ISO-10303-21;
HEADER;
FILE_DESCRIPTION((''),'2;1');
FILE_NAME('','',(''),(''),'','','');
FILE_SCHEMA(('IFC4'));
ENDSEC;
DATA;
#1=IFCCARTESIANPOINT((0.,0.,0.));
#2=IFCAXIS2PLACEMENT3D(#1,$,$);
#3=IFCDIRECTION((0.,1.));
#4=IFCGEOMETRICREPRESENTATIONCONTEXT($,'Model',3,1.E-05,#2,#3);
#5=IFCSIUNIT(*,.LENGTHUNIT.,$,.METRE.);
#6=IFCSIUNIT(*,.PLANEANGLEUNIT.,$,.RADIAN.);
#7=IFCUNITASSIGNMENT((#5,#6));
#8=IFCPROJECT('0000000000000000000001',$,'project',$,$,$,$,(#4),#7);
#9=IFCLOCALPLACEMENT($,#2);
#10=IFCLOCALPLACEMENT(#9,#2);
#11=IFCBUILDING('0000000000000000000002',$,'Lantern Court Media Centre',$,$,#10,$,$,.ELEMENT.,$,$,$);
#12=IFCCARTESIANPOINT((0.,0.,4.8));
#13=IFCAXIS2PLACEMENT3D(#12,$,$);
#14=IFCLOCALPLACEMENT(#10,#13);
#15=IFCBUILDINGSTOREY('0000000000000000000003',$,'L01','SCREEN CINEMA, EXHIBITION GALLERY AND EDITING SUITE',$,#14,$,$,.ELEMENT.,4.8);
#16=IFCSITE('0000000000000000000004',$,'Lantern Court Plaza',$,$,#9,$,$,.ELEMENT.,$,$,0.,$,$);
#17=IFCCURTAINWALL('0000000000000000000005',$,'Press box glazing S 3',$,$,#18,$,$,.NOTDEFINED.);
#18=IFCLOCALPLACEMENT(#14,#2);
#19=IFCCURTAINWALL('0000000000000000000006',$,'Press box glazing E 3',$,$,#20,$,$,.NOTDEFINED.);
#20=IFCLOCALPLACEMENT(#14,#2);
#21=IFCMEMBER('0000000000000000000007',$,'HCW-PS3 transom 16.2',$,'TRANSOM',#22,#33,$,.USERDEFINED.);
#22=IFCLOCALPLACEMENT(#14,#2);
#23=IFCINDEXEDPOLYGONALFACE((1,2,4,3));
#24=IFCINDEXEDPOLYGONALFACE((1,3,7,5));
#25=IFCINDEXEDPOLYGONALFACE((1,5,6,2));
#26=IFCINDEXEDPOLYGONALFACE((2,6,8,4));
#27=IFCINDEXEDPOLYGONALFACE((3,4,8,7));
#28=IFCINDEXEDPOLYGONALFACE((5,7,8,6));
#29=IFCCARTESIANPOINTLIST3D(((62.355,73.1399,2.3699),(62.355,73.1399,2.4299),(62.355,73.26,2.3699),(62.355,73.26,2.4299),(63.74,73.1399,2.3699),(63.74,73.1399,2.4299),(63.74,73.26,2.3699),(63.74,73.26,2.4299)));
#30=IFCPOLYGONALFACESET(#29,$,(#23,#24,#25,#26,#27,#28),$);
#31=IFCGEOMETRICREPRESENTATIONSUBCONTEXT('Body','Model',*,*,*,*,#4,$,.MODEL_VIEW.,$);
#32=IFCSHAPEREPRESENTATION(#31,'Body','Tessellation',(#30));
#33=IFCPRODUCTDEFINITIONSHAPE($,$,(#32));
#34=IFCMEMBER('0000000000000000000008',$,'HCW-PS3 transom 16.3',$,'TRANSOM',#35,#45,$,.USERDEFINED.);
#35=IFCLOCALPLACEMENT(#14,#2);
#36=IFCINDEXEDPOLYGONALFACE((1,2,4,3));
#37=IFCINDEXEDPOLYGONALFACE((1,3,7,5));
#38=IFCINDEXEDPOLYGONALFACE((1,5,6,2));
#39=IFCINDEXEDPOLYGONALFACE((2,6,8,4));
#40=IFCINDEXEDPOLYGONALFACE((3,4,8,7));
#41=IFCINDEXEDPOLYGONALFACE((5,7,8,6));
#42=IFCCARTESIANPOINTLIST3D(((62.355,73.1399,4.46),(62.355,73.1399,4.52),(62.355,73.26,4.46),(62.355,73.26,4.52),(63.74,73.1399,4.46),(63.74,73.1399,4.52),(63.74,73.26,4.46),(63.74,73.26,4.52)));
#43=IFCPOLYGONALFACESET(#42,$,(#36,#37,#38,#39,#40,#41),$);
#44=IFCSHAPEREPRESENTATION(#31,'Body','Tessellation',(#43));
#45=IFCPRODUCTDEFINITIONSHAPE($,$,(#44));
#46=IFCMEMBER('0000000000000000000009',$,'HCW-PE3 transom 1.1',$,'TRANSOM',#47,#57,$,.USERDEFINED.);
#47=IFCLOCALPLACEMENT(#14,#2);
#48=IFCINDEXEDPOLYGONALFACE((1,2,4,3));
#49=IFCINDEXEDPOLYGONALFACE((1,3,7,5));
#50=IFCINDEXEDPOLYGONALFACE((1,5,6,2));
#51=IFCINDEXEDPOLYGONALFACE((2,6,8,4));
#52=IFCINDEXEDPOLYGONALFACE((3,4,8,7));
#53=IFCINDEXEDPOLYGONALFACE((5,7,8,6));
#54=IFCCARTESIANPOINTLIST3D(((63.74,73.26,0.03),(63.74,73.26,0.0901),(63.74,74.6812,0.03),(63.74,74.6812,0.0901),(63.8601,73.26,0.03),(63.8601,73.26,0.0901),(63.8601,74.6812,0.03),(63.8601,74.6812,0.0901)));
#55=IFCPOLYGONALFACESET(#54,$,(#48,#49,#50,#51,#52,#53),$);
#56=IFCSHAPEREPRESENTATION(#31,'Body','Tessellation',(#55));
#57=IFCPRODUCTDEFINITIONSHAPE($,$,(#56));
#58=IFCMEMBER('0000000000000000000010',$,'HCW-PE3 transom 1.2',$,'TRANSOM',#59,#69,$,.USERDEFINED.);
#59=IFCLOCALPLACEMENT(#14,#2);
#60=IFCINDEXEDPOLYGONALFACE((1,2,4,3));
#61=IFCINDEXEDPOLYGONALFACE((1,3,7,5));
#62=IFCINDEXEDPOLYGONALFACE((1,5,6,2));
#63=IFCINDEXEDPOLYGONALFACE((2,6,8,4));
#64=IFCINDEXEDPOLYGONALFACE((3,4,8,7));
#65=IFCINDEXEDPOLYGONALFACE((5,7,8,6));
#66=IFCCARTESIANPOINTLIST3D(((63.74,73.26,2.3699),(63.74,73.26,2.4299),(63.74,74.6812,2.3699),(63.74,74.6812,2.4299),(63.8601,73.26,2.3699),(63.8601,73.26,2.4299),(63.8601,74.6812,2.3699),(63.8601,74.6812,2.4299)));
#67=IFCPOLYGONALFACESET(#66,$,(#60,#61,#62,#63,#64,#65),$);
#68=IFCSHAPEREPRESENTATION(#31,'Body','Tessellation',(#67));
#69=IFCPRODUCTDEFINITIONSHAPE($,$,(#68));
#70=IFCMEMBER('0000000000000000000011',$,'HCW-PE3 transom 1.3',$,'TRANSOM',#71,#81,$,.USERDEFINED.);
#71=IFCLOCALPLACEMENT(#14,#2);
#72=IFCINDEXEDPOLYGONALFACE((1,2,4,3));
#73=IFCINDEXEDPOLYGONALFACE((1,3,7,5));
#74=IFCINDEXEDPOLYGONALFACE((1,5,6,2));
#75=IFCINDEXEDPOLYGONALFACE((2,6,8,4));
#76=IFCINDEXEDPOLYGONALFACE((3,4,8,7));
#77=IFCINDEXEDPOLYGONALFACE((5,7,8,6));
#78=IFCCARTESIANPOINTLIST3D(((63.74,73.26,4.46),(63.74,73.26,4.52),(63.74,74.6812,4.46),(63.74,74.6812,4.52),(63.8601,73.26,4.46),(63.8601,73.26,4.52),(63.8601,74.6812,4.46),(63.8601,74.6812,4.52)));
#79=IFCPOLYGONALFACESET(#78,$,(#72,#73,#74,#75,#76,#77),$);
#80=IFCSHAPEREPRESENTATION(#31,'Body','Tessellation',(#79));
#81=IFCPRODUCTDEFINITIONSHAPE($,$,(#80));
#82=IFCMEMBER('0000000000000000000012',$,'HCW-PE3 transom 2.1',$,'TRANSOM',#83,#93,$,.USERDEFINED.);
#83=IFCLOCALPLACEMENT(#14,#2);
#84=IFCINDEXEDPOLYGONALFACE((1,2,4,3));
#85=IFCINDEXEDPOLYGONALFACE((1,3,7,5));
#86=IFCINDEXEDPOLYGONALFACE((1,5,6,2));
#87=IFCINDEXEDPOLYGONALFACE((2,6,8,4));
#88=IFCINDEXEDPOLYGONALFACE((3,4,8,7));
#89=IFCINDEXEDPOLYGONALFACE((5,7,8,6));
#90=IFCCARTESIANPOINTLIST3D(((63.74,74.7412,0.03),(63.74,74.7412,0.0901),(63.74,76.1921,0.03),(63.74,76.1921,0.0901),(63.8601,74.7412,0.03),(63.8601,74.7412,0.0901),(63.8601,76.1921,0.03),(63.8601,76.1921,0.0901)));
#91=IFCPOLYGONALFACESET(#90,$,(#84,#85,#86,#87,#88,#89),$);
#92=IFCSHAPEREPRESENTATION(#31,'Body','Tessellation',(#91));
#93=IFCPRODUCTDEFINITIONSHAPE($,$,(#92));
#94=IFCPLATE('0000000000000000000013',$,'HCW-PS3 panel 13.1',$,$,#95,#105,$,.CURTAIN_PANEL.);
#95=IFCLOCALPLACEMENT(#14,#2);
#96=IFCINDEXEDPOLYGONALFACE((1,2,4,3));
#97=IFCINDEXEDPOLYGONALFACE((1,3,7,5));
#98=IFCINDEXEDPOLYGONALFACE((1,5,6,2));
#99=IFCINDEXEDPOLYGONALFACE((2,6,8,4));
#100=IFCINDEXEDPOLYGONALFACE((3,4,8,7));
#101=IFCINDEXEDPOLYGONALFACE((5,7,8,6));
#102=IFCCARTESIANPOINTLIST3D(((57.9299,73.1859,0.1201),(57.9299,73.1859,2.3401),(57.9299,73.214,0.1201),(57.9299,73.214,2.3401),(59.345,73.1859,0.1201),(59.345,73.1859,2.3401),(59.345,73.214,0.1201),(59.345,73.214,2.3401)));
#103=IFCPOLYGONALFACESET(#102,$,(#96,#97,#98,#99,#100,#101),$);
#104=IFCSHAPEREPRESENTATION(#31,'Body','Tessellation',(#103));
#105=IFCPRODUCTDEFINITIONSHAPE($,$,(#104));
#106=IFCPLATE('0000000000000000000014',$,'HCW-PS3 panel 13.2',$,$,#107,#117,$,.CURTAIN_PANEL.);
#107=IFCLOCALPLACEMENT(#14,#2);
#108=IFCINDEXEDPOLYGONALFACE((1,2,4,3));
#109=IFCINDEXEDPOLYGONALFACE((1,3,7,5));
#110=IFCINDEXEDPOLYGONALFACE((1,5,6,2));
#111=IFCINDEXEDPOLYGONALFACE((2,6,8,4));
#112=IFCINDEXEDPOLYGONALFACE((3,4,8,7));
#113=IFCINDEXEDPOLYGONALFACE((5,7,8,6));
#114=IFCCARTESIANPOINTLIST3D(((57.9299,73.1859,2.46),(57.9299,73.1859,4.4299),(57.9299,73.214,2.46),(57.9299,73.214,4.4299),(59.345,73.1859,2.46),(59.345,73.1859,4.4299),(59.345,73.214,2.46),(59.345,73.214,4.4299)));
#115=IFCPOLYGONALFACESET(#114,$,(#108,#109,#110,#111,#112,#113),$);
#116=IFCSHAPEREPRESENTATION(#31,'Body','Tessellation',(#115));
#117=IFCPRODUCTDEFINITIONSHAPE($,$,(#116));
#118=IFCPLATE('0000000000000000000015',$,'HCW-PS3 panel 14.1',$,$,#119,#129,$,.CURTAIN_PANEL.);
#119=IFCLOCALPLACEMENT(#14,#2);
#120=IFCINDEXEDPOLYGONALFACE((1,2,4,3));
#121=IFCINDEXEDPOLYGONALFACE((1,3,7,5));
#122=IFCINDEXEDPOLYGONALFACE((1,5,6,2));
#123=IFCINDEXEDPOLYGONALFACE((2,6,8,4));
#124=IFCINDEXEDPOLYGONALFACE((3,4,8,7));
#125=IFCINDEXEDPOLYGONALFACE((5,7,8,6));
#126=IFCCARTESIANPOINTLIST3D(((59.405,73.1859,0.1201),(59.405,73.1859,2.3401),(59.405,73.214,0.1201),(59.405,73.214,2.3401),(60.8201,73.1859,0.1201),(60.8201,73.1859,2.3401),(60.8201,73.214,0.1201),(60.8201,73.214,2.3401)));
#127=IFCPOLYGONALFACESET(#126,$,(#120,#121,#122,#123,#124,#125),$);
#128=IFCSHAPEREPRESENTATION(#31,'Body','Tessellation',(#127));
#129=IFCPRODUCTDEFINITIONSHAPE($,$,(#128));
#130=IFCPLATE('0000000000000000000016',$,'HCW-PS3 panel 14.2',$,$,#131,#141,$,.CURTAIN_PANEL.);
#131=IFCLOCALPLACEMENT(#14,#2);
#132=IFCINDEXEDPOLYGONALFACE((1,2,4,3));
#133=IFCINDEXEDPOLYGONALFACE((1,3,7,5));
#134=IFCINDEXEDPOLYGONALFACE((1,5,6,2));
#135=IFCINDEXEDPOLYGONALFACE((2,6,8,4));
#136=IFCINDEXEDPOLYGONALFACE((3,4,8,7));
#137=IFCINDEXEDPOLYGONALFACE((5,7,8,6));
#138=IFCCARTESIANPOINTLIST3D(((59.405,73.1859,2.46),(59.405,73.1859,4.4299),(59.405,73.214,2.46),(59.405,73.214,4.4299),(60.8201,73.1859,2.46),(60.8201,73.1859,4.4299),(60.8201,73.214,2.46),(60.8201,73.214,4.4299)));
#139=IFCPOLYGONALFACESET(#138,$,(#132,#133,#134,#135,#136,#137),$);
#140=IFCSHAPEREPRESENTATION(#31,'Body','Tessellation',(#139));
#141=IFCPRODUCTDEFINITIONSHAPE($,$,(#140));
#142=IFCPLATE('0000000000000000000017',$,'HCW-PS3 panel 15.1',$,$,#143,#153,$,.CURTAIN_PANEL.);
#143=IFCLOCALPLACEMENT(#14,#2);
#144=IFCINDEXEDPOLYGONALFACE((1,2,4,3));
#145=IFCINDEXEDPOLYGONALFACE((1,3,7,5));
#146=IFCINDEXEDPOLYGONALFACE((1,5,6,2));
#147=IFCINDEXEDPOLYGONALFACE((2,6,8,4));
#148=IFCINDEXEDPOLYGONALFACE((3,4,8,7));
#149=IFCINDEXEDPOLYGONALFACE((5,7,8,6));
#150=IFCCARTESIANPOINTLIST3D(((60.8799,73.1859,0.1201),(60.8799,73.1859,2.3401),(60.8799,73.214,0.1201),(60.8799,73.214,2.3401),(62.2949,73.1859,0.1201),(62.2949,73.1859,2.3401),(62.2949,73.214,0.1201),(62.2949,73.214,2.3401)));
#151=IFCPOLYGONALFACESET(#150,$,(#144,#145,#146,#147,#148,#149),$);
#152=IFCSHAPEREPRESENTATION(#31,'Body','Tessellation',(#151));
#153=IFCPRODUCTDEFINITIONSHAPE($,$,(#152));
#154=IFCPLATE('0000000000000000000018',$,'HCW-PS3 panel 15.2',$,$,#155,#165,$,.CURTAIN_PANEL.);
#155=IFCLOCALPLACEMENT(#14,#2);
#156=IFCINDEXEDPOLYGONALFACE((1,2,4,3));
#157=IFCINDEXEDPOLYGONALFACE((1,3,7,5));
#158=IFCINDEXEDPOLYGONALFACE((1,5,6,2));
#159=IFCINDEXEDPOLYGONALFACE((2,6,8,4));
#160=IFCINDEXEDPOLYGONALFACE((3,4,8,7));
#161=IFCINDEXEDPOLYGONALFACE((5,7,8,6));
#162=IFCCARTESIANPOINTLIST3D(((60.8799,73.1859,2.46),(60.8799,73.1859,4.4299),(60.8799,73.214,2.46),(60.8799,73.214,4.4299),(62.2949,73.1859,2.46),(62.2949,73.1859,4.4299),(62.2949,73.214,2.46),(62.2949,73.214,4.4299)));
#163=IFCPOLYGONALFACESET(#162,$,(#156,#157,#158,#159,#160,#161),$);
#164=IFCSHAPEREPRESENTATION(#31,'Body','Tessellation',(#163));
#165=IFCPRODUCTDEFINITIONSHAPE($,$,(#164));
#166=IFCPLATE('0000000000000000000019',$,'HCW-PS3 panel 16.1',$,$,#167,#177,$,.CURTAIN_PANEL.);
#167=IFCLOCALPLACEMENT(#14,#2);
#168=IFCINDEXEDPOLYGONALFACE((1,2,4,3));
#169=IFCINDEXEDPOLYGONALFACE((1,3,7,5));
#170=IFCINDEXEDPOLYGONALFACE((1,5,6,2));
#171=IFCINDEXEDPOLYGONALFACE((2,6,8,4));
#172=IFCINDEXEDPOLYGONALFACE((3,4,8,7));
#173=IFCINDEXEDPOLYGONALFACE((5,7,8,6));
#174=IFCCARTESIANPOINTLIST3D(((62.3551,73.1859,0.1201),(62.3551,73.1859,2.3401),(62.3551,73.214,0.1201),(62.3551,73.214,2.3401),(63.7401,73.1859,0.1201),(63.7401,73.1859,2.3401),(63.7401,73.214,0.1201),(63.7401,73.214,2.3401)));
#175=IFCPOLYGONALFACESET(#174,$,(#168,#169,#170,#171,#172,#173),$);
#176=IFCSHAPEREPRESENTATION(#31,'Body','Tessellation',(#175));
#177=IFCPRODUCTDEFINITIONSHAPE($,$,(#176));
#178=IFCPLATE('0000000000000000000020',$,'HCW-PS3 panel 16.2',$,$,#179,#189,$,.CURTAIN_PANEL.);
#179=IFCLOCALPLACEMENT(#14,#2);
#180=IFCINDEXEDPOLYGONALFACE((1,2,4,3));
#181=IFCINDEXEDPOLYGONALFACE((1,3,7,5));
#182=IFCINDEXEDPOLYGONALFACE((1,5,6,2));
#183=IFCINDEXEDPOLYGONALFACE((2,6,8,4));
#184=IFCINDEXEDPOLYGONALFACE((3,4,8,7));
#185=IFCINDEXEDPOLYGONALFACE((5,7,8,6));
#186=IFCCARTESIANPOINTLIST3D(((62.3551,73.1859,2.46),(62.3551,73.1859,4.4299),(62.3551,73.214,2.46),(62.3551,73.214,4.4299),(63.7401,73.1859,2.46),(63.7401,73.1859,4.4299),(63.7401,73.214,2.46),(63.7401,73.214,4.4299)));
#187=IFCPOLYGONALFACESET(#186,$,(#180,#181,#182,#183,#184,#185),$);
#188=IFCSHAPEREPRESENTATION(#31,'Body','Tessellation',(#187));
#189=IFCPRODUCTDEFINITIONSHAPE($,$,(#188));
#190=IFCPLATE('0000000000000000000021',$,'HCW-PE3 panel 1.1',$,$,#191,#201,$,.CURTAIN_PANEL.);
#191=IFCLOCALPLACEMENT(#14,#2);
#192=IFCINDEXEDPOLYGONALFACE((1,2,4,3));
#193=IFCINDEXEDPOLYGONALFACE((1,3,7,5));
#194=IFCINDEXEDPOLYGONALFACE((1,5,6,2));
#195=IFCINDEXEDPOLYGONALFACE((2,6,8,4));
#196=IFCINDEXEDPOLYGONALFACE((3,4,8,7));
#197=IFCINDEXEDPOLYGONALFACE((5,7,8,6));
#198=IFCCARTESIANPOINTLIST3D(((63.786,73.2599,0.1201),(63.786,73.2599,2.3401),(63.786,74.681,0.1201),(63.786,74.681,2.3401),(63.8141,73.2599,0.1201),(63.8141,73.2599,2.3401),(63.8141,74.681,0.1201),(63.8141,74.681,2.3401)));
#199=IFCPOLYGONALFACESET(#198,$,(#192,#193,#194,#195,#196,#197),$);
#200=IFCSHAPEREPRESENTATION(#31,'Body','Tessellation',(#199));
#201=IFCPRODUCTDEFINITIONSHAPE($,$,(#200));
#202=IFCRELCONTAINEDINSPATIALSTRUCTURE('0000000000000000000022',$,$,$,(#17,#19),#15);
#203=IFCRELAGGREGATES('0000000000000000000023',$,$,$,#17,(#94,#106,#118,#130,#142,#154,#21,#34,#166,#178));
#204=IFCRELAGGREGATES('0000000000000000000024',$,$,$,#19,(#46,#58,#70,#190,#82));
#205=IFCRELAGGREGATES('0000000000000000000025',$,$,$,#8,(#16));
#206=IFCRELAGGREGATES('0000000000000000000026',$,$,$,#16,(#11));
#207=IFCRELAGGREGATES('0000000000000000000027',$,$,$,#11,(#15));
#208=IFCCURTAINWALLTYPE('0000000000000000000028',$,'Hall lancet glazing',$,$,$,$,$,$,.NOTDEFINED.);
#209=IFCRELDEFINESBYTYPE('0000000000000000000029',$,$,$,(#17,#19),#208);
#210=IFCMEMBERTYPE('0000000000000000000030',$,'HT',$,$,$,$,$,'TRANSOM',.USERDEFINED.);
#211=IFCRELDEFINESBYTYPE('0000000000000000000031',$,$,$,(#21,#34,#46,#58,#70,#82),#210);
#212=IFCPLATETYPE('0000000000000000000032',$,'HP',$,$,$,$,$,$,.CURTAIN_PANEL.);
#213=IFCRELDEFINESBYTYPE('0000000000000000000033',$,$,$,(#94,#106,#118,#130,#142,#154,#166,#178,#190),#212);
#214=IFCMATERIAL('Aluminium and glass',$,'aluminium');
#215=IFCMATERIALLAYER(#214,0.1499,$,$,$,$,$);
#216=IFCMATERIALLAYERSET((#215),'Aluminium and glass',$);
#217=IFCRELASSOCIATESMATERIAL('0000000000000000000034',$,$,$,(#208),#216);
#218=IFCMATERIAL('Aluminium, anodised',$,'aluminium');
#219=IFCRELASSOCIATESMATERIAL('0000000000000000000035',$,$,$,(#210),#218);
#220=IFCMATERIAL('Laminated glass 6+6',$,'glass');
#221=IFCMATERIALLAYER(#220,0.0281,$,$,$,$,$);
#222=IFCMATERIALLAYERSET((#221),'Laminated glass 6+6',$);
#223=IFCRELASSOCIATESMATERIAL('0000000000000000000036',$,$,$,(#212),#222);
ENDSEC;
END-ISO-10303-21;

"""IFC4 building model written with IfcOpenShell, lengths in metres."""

from ifc_helpers import new_model, si_unit, direction, frame, origin, origin_2d, place, context, subcontext, project, spatial, rectangle, extrude, material, layer, layer_set, material_profile, profile_set, type_object, element, aggregate, save


model = new_model("IFC4")

# Units and contexts
model_context = context("Model", 3, precision=1e-05, world=origin(), true_north=direction((0.0, 1.0)))
body_context = subcontext(model_context, "Body", "Model", "MODEL_VIEW")
ifc_project = project(units=[si_unit("LENGTHUNIT", "METRE"), si_unit("PLANEANGLEUNIT", "RADIAN")], contexts=[model_context])

# Site, building, storey
site_placement = place(None, origin())
site = spatial("IfcSite", under=ifc_project, at=site_placement, Name="Lantern Court Plaza", CompositionType="ELEMENT", RefElevation=0.0)
building_placement = place(site_placement, origin())
building = spatial("IfcBuilding", under=site, at=building_placement, Name="Lantern Court Media Centre", CompositionType="ELEMENT")
storey_placement = place(building_placement, frame((0.0, 0.0, 4.8)))
storey = spatial("IfcBuildingStorey", under=building, at=storey_placement, Name="L01", Description="SCREEN CINEMA, EXHIBITION GALLERY AND EDITING SUITE", CompositionType="ELEMENT", Elevation=4.8)

# Curtain walls
ifc_material_1 = material(Name="Aluminium and glass", Category="aluminium")
ifc_layer_1 = layer(ifc_material_1, 0.1499)
ifc_layer_set_1 = layer_set([ifc_layer_1], Name="Aluminium and glass")
curtain_wall_type = type_object("IfcCurtainWallType", Name="Hall lancet glazing", PredefinedType="NOTDEFINED", material=ifc_layer_set_1)
curtain_wall_1_placement = place(storey_placement, origin())
curtain_wall_1 = element("IfcCurtainWall", 1, at=curtain_wall_1_placement, inside=storey, type_object=curtain_wall_type, Name="Press box glazing S 3", PredefinedType="NOTDEFINED")
ifc_material_2 = material(Name="Aluminium, anodised", Category="aluminium")
curtain_wall_2_placement = place(storey_placement, origin())
curtain_wall_2 = element("IfcCurtainWall", 2, at=curtain_wall_2_placement, inside=storey, type_object=curtain_wall_type, Name="Press box glazing E 3", PredefinedType="NOTDEFINED")

# Members
ifc_material_profile_1 = material_profile(ifc_material_2, rectangle(XDim=0.1201, YDim=0.0601, at=origin_2d()), Name="HT")
ifc_profile_set_1 = profile_set([ifc_material_profile_1], Name="Aluminium, anodised")
member_type_1 = type_object("IfcMemberType", Name="HT", ElementType="TRANSOM", PredefinedType="USERDEFINED", material=ifc_profile_set_1)
member_1_placement = place(storey_placement, frame((62.355, 73.2, 2.3999), z_axis=(1.0, 0.0, 0.0), x_axis=(0.0, 1.0, 0.0)))
member_1 = element("IfcMember", 3, at=member_1_placement, type_object=member_type_1, Name="HCW-PS3 transom 16.2", ObjectType="TRANSOM", PredefinedType="USERDEFINED", context=body_context, shape_type="SweptSolid", body=[
    extrude(rectangle(XDim=0.1201, YDim=0.0601, at=origin_2d()), origin(), (0.0, 0.0, 1.0), 1.385),
])
member_2_placement = place(storey_placement, frame((62.355, 73.2, 4.49), z_axis=(1.0, 0.0, 0.0), x_axis=(0.0, 1.0, 0.0)))
member_2 = element("IfcMember", 4, at=member_2_placement, type_object=member_type_1, Name="HCW-PS3 transom 16.3", ObjectType="TRANSOM", PredefinedType="USERDEFINED", context=body_context, shape_type="SweptSolid", body=[
    extrude(rectangle(XDim=0.1201, YDim=0.0601, at=origin_2d()), origin(), (0.0, 0.0, 1.0), 1.385),
])
member_3_placement = place(storey_placement, frame((63.8, 73.26, 0.0601), z_axis=(0.0, 1.0, 0.0), x_axis=(-1.0, 0.0, 0.0)))
member_3 = element("IfcMember", 5, at=member_3_placement, type_object=member_type_1, Name="HCW-PE3 transom 1.1", ObjectType="TRANSOM", PredefinedType="USERDEFINED", context=body_context, shape_type="SweptSolid", body=[
    extrude(rectangle(XDim=0.1201, YDim=0.0601, at=origin_2d()), origin(), (0.0, 0.0, 1.0), 1.4211),
])
member_4_placement = place(storey_placement, frame((63.8, 73.26, 2.3999), z_axis=(0.0, 1.0, 0.0), x_axis=(-1.0, 0.0, 0.0)))
member_4 = element("IfcMember", 6, at=member_4_placement, type_object=member_type_1, Name="HCW-PE3 transom 1.2", ObjectType="TRANSOM", PredefinedType="USERDEFINED", context=body_context, shape_type="SweptSolid", body=[
    extrude(rectangle(XDim=0.1201, YDim=0.0601, at=origin_2d()), origin(), (0.0, 0.0, 1.0), 1.4211),
])
member_5_placement = place(storey_placement, frame((63.8, 73.26, 4.49), z_axis=(0.0, 1.0, 0.0), x_axis=(-1.0, 0.0, 0.0)))
member_5 = element("IfcMember", 7, at=member_5_placement, type_object=member_type_1, Name="HCW-PE3 transom 1.3", ObjectType="TRANSOM", PredefinedType="USERDEFINED", context=body_context, shape_type="SweptSolid", body=[
    extrude(rectangle(XDim=0.1201, YDim=0.0601, at=origin_2d()), origin(), (0.0, 0.0, 1.0), 1.4211),
])
member_6_placement = place(storey_placement, frame((63.8, 74.7412, 0.0601), z_axis=(0.0, 1.0, 0.0), x_axis=(-1.0, 0.0, 0.0)))
member_6 = element("IfcMember", 8, at=member_6_placement, type_object=member_type_1, Name="HCW-PE3 transom 2.1", ObjectType="TRANSOM", PredefinedType="USERDEFINED", context=body_context, shape_type="SweptSolid", body=[
    extrude(rectangle(XDim=0.1201, YDim=0.0601, at=origin_2d()), origin(), (0.0, 0.0, 1.0), 1.4509),
])

# Plates
ifc_material_3 = material(Name="Laminated glass 6+6", Category="glass")
ifc_layer_2 = layer(ifc_material_3, 0.0281)
ifc_layer_set_2 = layer_set([ifc_layer_2], Name="Laminated glass 6+6")
plate_type = type_object("IfcPlateType", Name="HP", PredefinedType="CURTAIN_PANEL", material=ifc_layer_set_2)
plate_1_placement = place(storey_placement, frame((58.6375, 73.2, 0.1201), z_axis=(0.0, 0.0, 1.0), x_axis=(1.0, 0.0, 0.0)))
plate_1 = element("IfcPlate", 9, at=plate_1_placement, type_object=plate_type, Name="HCW-PS3 panel 13.1", PredefinedType="CURTAIN_PANEL", context=body_context, shape_type="SweptSolid", body=[
    extrude(rectangle(XDim=1.415, YDim=0.0281, at=origin_2d()), origin(), (0.0, 0.0, 1.0), 2.22),
])
plate_2_placement = place(storey_placement, frame((58.6375, 73.2, 2.46), z_axis=(0.0, 0.0, 1.0), x_axis=(1.0, 0.0, 0.0)))
plate_2 = element("IfcPlate", 10, at=plate_2_placement, type_object=plate_type, Name="HCW-PS3 panel 13.2", PredefinedType="CURTAIN_PANEL", context=body_context, shape_type="SweptSolid", body=[
    extrude(rectangle(XDim=1.415, YDim=0.0281, at=origin_2d()), origin(), (0.0, 0.0, 1.0), 1.97),
])
plate_3_placement = place(storey_placement, frame((60.1125, 73.2, 0.1201), z_axis=(0.0, 0.0, 1.0), x_axis=(1.0, 0.0, 0.0)))
plate_3 = element("IfcPlate", 11, at=plate_3_placement, type_object=plate_type, Name="HCW-PS3 panel 14.1", PredefinedType="CURTAIN_PANEL", context=body_context, shape_type="SweptSolid", body=[
    extrude(rectangle(XDim=1.415, YDim=0.0281, at=origin_2d()), origin(), (0.0, 0.0, 1.0), 2.22),
])
plate_4_placement = place(storey_placement, frame((60.1125, 73.2, 2.46), z_axis=(0.0, 0.0, 1.0), x_axis=(1.0, 0.0, 0.0)))
plate_4 = element("IfcPlate", 12, at=plate_4_placement, type_object=plate_type, Name="HCW-PS3 panel 14.2", PredefinedType="CURTAIN_PANEL", context=body_context, shape_type="SweptSolid", body=[
    extrude(rectangle(XDim=1.415, YDim=0.0281, at=origin_2d()), origin(), (0.0, 0.0, 1.0), 1.97),
])
plate_5_placement = place(storey_placement, frame((61.5874, 73.2, 0.1201), z_axis=(0.0, 0.0, 1.0), x_axis=(1.0, 0.0, 0.0)))
plate_5 = element("IfcPlate", 13, at=plate_5_placement, type_object=plate_type, Name="HCW-PS3 panel 15.1", PredefinedType="CURTAIN_PANEL", context=body_context, shape_type="SweptSolid", body=[
    extrude(rectangle(XDim=1.415, YDim=0.0281, at=origin_2d()), origin(), (0.0, 0.0, 1.0), 2.22),
])
plate_6_placement = place(storey_placement, frame((61.5874, 73.2, 2.46), z_axis=(0.0, 0.0, 1.0), x_axis=(1.0, 0.0, 0.0)))
plate_6 = element("IfcPlate", 14, at=plate_6_placement, type_object=plate_type, Name="HCW-PS3 panel 15.2", PredefinedType="CURTAIN_PANEL", context=body_context, shape_type="SweptSolid", body=[
    extrude(rectangle(XDim=1.415, YDim=0.0281, at=origin_2d()), origin(), (0.0, 0.0, 1.0), 1.97),
])
plate_7_placement = place(storey_placement, frame((63.0476, 73.2, 0.1201), z_axis=(0.0, 0.0, 1.0), x_axis=(1.0, 0.0, 0.0)))
plate_7 = element("IfcPlate", 15, at=plate_7_placement, type_object=plate_type, Name="HCW-PS3 panel 16.1", PredefinedType="CURTAIN_PANEL", context=body_context, shape_type="SweptSolid", body=[
    extrude(rectangle(XDim=1.385, YDim=0.0281, at=origin_2d()), origin(), (0.0, 0.0, 1.0), 2.22),
])
plate_8_placement = place(storey_placement, frame((63.0476, 73.2, 2.46), z_axis=(0.0, 0.0, 1.0), x_axis=(1.0, 0.0, 0.0)))
plate_8 = element("IfcPlate", 16, at=plate_8_placement, type_object=plate_type, Name="HCW-PS3 panel 16.2", PredefinedType="CURTAIN_PANEL", context=body_context, shape_type="SweptSolid", body=[
    extrude(rectangle(XDim=1.385, YDim=0.0281, at=origin_2d()), origin(), (0.0, 0.0, 1.0), 1.97),
])
aggregate(curtain_wall_1, [plate_1, plate_2, plate_3, plate_4, plate_5, plate_6, member_1, member_2, plate_7, plate_8])
plate_9_placement = place(storey_placement, frame((63.8, 73.9705, 0.1201), z_axis=(0.0, 0.0, 1.0), x_axis=(0.0, 1.0, 0.0)))
plate_9 = element("IfcPlate", 17, at=plate_9_placement, type_object=plate_type, Name="HCW-PE3 panel 1.1", PredefinedType="CURTAIN_PANEL", context=body_context, shape_type="SweptSolid", body=[
    extrude(rectangle(XDim=1.4211, YDim=0.0281, at=origin_2d()), origin(), (0.0, 0.0, 1.0), 2.22),
])
aggregate(curtain_wall_2, [member_3, member_4, member_5, plate_9, member_6])

save(model, "model.ifc")
